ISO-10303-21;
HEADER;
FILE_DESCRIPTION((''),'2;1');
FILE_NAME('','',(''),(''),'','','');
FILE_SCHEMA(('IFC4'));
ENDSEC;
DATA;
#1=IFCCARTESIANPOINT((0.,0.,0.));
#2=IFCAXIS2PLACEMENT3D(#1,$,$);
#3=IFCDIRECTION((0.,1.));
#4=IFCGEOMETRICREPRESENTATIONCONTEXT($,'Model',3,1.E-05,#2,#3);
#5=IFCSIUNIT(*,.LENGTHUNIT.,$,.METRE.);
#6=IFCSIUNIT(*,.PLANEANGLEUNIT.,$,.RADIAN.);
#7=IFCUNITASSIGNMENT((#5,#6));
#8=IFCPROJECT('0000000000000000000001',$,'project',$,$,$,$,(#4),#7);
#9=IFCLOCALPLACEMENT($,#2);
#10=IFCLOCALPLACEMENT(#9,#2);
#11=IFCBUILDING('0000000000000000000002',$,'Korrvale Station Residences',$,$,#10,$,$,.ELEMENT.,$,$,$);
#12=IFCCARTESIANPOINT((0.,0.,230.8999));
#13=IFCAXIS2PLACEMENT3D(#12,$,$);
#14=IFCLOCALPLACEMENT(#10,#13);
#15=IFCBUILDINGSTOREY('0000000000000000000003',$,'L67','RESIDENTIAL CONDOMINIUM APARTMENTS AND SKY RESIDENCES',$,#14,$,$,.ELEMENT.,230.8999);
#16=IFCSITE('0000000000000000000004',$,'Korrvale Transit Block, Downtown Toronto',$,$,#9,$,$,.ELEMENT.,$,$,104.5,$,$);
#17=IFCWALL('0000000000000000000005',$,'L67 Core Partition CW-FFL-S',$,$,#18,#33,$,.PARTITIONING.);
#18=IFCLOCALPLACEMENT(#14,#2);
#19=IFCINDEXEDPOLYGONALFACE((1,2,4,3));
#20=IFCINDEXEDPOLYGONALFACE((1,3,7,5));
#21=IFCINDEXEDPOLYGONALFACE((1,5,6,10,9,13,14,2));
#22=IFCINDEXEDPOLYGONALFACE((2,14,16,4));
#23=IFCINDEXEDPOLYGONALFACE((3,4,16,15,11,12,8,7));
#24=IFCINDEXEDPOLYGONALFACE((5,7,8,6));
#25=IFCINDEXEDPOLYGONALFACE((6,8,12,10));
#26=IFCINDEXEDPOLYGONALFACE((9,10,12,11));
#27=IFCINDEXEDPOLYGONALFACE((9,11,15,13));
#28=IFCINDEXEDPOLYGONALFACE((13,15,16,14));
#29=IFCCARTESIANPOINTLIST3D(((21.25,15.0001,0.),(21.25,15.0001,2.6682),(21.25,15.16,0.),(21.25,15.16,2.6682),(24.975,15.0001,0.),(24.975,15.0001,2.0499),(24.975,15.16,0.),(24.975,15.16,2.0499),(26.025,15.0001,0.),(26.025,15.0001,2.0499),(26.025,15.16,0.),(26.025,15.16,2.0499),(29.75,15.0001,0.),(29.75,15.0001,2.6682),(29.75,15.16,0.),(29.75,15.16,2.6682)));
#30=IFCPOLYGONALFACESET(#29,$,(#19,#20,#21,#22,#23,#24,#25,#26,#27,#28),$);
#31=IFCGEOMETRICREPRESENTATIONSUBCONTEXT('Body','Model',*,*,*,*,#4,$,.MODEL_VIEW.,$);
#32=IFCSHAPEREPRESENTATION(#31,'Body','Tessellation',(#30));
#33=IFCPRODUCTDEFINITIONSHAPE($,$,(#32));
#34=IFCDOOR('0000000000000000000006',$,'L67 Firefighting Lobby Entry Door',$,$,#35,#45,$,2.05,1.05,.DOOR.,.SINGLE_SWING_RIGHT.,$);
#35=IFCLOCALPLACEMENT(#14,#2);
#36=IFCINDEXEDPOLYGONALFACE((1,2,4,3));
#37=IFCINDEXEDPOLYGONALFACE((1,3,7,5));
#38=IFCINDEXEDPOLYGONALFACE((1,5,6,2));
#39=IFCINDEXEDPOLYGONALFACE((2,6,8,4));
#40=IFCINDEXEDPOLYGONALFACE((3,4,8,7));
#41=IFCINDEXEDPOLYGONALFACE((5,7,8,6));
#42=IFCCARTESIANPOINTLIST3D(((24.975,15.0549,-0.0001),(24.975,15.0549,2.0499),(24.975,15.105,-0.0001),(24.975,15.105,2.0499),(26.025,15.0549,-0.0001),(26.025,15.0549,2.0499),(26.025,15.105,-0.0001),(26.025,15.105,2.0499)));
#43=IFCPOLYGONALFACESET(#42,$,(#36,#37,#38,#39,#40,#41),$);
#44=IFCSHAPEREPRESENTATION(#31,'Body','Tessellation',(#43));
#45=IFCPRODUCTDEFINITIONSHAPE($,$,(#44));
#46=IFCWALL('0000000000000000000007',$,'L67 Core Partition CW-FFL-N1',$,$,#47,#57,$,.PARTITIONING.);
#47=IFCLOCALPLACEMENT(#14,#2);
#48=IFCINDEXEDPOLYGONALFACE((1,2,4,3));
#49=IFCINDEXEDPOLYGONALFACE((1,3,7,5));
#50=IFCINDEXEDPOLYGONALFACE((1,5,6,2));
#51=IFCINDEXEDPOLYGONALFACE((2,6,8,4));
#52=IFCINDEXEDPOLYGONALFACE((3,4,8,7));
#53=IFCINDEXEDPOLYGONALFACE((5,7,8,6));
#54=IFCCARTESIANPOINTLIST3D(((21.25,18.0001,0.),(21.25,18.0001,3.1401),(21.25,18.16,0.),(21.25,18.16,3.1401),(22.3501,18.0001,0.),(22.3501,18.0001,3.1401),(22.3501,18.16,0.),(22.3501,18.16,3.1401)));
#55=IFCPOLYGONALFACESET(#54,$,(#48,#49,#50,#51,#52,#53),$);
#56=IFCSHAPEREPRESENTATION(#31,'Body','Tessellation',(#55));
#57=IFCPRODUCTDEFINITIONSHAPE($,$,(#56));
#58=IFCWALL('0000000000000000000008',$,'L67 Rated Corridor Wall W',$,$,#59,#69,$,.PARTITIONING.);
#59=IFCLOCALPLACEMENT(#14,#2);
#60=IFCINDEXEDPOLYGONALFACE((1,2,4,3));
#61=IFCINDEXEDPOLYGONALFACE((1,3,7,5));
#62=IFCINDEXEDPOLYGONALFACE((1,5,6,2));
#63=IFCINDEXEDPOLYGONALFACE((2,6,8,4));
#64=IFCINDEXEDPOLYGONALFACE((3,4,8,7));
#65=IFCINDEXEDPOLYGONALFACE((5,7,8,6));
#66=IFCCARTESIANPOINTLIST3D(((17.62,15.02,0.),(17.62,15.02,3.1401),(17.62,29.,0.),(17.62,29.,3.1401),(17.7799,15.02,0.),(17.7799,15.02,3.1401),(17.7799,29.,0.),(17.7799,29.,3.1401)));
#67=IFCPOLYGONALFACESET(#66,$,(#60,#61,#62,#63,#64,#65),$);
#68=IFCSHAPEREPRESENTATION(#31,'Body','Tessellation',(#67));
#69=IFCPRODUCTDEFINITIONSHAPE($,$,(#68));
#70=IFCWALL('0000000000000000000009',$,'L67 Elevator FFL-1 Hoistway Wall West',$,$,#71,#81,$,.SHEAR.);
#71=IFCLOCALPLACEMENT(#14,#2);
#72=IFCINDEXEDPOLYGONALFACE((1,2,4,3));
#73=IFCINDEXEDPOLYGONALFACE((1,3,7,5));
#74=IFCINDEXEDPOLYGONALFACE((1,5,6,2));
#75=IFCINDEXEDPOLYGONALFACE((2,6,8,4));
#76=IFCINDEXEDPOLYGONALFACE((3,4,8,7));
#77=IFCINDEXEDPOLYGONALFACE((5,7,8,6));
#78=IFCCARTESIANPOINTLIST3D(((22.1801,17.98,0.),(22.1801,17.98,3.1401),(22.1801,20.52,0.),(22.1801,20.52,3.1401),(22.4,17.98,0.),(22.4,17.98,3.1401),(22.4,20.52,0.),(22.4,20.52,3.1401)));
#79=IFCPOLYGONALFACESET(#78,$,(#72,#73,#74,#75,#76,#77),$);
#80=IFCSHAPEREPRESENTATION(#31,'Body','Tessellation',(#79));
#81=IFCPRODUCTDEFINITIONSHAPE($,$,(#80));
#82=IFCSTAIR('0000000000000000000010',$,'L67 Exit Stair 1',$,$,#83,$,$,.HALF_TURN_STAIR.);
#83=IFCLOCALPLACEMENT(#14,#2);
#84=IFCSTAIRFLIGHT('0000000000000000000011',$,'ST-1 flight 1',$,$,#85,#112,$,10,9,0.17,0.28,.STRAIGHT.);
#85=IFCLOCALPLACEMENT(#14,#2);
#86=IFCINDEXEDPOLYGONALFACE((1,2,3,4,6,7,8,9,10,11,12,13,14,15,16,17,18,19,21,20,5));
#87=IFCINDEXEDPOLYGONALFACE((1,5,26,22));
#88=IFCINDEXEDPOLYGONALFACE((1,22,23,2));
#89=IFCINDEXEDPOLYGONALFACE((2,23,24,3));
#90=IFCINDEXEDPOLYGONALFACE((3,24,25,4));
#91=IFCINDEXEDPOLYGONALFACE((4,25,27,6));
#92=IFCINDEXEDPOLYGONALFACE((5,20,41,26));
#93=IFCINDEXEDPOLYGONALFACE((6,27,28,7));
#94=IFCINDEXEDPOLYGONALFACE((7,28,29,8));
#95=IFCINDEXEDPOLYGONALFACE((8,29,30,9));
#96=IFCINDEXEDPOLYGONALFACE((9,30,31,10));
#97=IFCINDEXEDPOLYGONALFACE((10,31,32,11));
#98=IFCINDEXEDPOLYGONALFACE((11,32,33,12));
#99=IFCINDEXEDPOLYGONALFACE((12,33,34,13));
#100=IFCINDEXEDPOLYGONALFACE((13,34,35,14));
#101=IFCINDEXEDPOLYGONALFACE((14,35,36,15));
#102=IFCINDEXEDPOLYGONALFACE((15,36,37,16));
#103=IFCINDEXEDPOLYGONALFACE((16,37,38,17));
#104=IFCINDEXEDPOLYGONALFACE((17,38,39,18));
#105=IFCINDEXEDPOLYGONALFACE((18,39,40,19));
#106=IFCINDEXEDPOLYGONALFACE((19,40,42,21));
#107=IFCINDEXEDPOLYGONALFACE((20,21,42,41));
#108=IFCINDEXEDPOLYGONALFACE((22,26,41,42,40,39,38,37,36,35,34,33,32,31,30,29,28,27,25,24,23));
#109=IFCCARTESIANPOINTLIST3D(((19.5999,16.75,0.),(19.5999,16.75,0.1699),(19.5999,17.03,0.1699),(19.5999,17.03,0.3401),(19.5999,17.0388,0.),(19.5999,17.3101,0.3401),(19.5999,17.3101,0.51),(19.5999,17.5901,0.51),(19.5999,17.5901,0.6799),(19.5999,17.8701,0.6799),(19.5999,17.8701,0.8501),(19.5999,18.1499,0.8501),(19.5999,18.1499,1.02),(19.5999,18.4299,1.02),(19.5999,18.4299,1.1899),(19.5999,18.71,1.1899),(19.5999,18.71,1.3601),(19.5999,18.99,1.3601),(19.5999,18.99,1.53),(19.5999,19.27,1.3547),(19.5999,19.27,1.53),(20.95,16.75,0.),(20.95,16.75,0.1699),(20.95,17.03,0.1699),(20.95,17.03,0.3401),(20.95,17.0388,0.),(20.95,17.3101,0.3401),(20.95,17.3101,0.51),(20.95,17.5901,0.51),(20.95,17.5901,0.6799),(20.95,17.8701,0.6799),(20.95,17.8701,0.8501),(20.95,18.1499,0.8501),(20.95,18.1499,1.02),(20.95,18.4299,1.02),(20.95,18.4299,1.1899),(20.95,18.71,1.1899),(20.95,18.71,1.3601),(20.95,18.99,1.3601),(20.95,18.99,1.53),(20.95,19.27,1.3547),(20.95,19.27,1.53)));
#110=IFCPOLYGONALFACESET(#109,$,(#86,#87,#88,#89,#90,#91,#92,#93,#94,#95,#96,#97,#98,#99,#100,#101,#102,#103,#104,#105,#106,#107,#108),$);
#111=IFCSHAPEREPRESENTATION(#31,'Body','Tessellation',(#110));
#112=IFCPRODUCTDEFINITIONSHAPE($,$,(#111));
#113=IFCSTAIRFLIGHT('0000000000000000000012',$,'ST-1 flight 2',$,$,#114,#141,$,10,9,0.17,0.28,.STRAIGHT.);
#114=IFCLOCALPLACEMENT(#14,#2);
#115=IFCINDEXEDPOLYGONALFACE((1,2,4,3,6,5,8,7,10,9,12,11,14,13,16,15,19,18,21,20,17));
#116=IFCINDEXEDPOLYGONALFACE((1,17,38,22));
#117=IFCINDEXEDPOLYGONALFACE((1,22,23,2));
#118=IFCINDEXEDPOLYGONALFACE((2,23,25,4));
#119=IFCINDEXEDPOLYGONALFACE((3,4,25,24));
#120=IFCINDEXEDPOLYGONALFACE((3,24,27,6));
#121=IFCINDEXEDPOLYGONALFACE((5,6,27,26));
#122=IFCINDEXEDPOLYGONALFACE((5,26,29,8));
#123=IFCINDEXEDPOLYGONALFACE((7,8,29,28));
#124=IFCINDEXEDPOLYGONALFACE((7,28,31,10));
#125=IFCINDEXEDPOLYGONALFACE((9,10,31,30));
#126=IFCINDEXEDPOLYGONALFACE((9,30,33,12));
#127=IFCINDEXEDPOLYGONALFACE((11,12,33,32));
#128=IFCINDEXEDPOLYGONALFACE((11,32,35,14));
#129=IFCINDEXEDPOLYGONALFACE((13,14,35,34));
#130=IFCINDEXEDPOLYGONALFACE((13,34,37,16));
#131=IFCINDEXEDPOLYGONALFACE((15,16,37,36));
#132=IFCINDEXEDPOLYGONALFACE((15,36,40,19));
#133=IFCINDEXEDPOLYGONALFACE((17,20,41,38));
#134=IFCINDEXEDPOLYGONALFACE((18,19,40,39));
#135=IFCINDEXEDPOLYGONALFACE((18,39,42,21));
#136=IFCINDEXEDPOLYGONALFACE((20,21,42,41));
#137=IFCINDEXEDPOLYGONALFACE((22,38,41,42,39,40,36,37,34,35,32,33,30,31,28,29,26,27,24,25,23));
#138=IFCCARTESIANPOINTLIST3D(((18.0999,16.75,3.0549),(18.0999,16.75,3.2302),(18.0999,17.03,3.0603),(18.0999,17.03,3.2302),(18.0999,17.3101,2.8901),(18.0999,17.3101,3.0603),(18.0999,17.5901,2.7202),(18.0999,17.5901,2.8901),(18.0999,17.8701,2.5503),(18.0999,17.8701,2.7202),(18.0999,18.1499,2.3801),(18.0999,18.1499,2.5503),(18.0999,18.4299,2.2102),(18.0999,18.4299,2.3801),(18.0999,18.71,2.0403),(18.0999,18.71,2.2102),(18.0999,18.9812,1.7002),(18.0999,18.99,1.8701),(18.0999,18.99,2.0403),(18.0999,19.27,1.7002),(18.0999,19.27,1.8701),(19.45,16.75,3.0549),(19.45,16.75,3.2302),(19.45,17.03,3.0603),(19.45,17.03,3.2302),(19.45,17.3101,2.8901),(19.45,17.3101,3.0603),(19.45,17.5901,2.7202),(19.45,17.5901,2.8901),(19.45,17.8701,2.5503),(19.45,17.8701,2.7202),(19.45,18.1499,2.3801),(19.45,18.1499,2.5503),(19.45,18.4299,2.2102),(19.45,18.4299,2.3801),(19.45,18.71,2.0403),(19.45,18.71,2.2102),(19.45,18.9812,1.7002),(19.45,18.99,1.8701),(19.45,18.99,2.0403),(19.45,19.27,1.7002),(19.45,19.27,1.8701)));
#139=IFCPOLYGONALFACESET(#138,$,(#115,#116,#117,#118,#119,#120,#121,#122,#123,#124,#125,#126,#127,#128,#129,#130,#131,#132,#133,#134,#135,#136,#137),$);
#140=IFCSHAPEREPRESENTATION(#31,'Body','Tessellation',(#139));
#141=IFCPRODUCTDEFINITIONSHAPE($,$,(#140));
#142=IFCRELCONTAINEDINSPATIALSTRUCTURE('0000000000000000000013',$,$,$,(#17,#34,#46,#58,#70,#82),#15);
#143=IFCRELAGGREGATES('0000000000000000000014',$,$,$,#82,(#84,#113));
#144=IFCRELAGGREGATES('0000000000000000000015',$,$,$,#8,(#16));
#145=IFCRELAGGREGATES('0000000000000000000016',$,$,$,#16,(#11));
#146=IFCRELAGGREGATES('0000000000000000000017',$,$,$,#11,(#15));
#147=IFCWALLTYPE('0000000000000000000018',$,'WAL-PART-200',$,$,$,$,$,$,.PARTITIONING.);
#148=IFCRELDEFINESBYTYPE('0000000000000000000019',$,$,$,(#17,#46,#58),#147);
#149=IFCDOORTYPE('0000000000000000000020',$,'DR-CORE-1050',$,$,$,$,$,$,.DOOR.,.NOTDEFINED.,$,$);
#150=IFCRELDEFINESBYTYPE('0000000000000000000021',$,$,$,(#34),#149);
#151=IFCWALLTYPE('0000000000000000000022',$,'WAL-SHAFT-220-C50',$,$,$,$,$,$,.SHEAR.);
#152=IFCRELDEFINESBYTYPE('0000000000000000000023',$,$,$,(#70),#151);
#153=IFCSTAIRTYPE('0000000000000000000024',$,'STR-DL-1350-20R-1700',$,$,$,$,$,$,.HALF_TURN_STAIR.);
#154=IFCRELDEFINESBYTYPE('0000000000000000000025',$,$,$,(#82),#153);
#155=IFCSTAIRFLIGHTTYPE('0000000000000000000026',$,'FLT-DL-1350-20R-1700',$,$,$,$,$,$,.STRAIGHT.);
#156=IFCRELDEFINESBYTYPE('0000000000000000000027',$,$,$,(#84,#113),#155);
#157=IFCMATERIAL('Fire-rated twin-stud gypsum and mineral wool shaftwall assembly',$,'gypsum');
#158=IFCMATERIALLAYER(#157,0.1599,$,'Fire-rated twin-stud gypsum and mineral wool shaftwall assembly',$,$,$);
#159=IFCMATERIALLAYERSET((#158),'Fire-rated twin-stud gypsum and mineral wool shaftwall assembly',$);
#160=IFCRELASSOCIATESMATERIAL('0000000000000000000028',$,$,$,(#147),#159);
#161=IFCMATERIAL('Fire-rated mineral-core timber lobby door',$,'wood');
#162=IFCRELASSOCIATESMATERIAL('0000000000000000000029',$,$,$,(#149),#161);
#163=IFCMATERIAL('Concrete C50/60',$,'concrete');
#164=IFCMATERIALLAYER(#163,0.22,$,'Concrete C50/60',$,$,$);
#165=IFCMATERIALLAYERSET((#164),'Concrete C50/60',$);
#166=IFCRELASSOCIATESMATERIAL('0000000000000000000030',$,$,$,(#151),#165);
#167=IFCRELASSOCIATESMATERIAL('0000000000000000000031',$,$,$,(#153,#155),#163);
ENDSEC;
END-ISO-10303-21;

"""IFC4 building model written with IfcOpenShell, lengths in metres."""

from ifc_helpers import new_model, si_unit, direction, frame, frame_2d, origin, place, context, subcontext, project, spatial, polyline, rectangle, outline, extrude, material, layer, layer_set, type_object, element, fill, aggregate, save


model = new_model("IFC4")

# Units and contexts
model_context = context("Model", 3, precision=1e-05, world=origin(), true_north=direction((0.0, 1.0)))
body_context = subcontext(model_context, "Body", "Model", "MODEL_VIEW")
ifc_project = project(units=[si_unit("LENGTHUNIT", "METRE"), si_unit("PLANEANGLEUNIT", "RADIAN")], contexts=[model_context])

# Site, building, storey
site_placement = place(None, origin())
site = spatial("IfcSite", under=ifc_project, at=site_placement, Name="Korrvale Transit Block, Downtown Toronto", CompositionType="ELEMENT", RefElevation=104.5)
building_placement = place(site_placement, origin())
building = spatial("IfcBuilding", under=site, at=building_placement, Name="Korrvale Station Residences", CompositionType="ELEMENT")
storey_placement = place(building_placement, frame((0.0, 0.0, 230.8999)))
storey = spatial("IfcBuildingStorey", under=building, at=storey_placement, Name="L67", Description="RESIDENTIAL CONDOMINIUM APARTMENTS AND SKY RESIDENCES", CompositionType="ELEMENT", Elevation=230.8999)

# Shared definitions
ifc_material_1 = material(Name="Concrete C50/60", Category="concrete")

# Wall, opening, door
ifc_material_2 = material(Name="Fire-rated twin-stud gypsum and mineral wool shaftwall assembly", Category="gypsum")
ifc_layer_1 = layer(ifc_material_2, 0.1599, Name="Fire-rated twin-stud gypsum and mineral wool shaftwall assembly")
ifc_layer_set_1 = layer_set([ifc_layer_1], Name="Fire-rated twin-stud gypsum and mineral wool shaftwall assembly")
wall_type_1 = type_object("IfcWallType", Name="WAL-PART-200", PredefinedType="PARTITIONING", material=ifc_layer_set_1)
wall_1_placement = place(storey_placement, frame((21.25, 15.0801, 0.0), z_axis=(0.0, 0.0, 1.0), x_axis=(1.0, 0.0, 0.0)))
wall_1 = element("IfcWall", 1, at=wall_1_placement, inside=storey, type_object=wall_type_1, Name="L67 Core Partition CW-FFL-S", PredefinedType="PARTITIONING", context=body_context, shape_type="SweptSolid", body=[
    extrude(rectangle(XDim=8.5, YDim=0.1599, at=frame_2d((4.25, 0.0))), origin(), (0.0, 0.0, 1.0), 2.6682),
])
opening_1_placement = place(wall_1_placement, frame((3.7251, 0.0, 0.0)))
opening_1 = element("IfcOpeningElement", 2, at=opening_1_placement, cuts=wall_1, PredefinedType="OPENING", context=body_context, shape_type="SweptSolid", body=[
    extrude(rectangle(XDim=1.05, YDim=2.05, at=frame_2d((0.5249, 1.0249))), frame((0.0, 0.0898, 0.0), z_axis=(0.0, -1.0, 0.0), x_axis=(1.0, 0.0, 0.0)), (0.0, 0.0, 1.0), 0.1799),
])
ifc_material_3 = material(Name="Fire-rated mineral-core timber lobby door", Category="wood")
door_type_1 = type_object("IfcDoorType", Name="DR-CORE-1050", OperationType="NOTDEFINED", PredefinedType="DOOR", material=ifc_material_3)
door_1_placement = place(opening_1_placement, origin())
door_1 = element("IfcDoor", 3, at=door_1_placement, inside=storey, type_object=door_type_1, Name="L67 Firefighting Lobby Entry Door", OperationType="SINGLE_SWING_RIGHT", OverallHeight=2.05, OverallWidth=1.05, PredefinedType="DOOR", context=body_context, shape_type="SweptSolid", body=[
    extrude(rectangle(XDim=1.05, YDim=2.05, at=frame_2d((0.5249, 1.0249))), frame((0.0, 0.0249, 0.0), z_axis=(0.0, -1.0, 0.0), x_axis=(1.0, 0.0, 0.0)), (0.0, 0.0, 1.0), 0.05),
])
fill(opening_1, door_1)

# Walls
wall_2_placement = place(storey_placement, frame((21.25, 18.0801, 0.0), z_axis=(0.0, 0.0, 1.0), x_axis=(1.0, 0.0, 0.0)))
element("IfcWall", 4, at=wall_2_placement, inside=storey, type_object=wall_type_1, Name="L67 Core Partition CW-FFL-N1", PredefinedType="PARTITIONING", context=body_context, shape_type="SweptSolid", body=[
    extrude(rectangle(XDim=1.1001, YDim=0.1599, at=frame_2d((0.55, 0.0))), origin(), (0.0, 0.0, 1.0), 3.1401),
])
wall_3_placement = place(storey_placement, frame((17.7, 15.02, 0.0), z_axis=(0.0, 0.0, 1.0), x_axis=(0.0, 1.0, 0.0)))
element("IfcWall", 5, at=wall_3_placement, inside=storey, type_object=wall_type_1, Name="L67 Rated Corridor Wall W", PredefinedType="PARTITIONING", context=body_context, shape_type="SweptSolid", body=[
    extrude(rectangle(XDim=13.98, YDim=0.1599, at=frame_2d((6.99, 0.0))), origin(), (0.0, 0.0, 1.0), 3.1401),
])

# Shared definitions
ifc_layer_2 = layer(ifc_material_1, 0.22, Name="Concrete C50/60")
ifc_layer_set_2 = layer_set([ifc_layer_2], Name="Concrete C50/60")
wall_type_2 = type_object("IfcWallType", Name="WAL-SHAFT-220-C50", PredefinedType="SHEAR", material=ifc_layer_set_2)

# Wall
wall_4_placement = place(storey_placement, frame((22.29, 17.98, 0.0), z_axis=(0.0, 0.0, 1.0), x_axis=(0.0, 1.0, 0.0)))
element("IfcWall", 6, at=wall_4_placement, inside=storey, type_object=wall_type_2, Name="L67 Elevator FFL-1 Hoistway Wall West", PredefinedType="SHEAR", context=body_context, shape_type="SweptSolid", body=[
    extrude(rectangle(XDim=2.54, YDim=0.22, at=frame_2d((1.27, 0.0))), origin(), (0.0, 0.0, 1.0), 3.1401),
])

# Stair, stair flights
stair_type = type_object("IfcStairType", Name="STR-DL-1350-20R-1700", PredefinedType="HALF_TURN_STAIR", material=ifc_material_1)
stair_placement = place(storey_placement, origin())
stair = element("IfcStair", 7, at=stair_placement, inside=storey, type_object=stair_type, Name="L67 Exit Stair 1", PredefinedType="HALF_TURN_STAIR")
stair_flight_type = type_object("IfcStairFlightType", Name="FLT-DL-1350-20R-1700", PredefinedType="STRAIGHT", material=ifc_material_1)
stair_flight_1_placement = place(storey_placement, frame((20.2749, 16.75, 0.0), z_axis=(0.0, 0.0, 1.0), x_axis=(0.0, 1.0, 0.0)))
stair_flight_1 = element("IfcStairFlight", 8, at=stair_flight_1_placement, type_object=stair_flight_type, Name="ST-1 flight 1", NumberOfRisers=10, NumberOfTreads=9, PredefinedType="STRAIGHT", RiserHeight=0.17, TreadLength=0.28, context=body_context, shape_type="SweptSolid", body=[
    extrude(outline(polyline([(0.0, 0.0), (0.0, 0.1699), (0.28, 0.1699), (0.28, 0.3401), (0.5601, 0.3401), (0.5601, 0.51), (0.8401, 0.51), (0.8401, 0.6799), (1.1201, 0.6799), (1.1201, 0.8501), (1.3999, 0.8501), (1.3999, 1.02), (1.6799, 1.02), (1.6799, 1.1899), (1.96, 1.1899), (1.96, 1.3601), (2.24, 1.3601), (2.24, 1.53), (2.52, 1.53), (2.52, 1.7), (2.52, 1.3547), (0.2888, 0.0), (0.0, 0.0)])), frame((0.0, 0.675, 0.0), z_axis=(0.0, -1.0, 0.0), x_axis=(1.0, 0.0, 0.0)), (0.0, 0.0, 1.0), 1.3501),
])
stair_flight_2_placement = place(storey_placement, frame((18.7749, 19.27, 1.7002), z_axis=(0.0, 0.0, 1.0), x_axis=(0.0, -1.0, 0.0)))
stair_flight_2 = element("IfcStairFlight", 9, at=stair_flight_2_placement, type_object=stair_flight_type, Name="ST-1 flight 2", NumberOfRisers=10, NumberOfTreads=9, PredefinedType="STRAIGHT", RiserHeight=0.17, TreadLength=0.28, context=body_context, shape_type="SweptSolid", body=[
    extrude(outline(polyline([(0.0, 0.0), (0.0, 0.1699), (0.28, 0.1699), (0.28, 0.3401), (0.5601, 0.3401), (0.5601, 0.51), (0.8401, 0.51), (0.8401, 0.6799), (1.1201, 0.6799), (1.1201, 0.8501), (1.3999, 0.8501), (1.3999, 1.02), (1.6799, 1.02), (1.6799, 1.1899), (1.96, 1.1899), (1.96, 1.3601), (2.24, 1.3601), (2.24, 1.53), (2.52, 1.53), (2.52, 1.7), (2.52, 1.3547), (0.2888, 0.0), (0.0, 0.0)])), frame((0.0, 0.675, 0.0), z_axis=(0.0, -1.0, 0.0), x_axis=(1.0, 0.0, 0.0)), (0.0, 0.0, 1.0), 1.3501),
])
aggregate(stair, [stair_flight_1, stair_flight_2])

save(model, "model.ifc")
